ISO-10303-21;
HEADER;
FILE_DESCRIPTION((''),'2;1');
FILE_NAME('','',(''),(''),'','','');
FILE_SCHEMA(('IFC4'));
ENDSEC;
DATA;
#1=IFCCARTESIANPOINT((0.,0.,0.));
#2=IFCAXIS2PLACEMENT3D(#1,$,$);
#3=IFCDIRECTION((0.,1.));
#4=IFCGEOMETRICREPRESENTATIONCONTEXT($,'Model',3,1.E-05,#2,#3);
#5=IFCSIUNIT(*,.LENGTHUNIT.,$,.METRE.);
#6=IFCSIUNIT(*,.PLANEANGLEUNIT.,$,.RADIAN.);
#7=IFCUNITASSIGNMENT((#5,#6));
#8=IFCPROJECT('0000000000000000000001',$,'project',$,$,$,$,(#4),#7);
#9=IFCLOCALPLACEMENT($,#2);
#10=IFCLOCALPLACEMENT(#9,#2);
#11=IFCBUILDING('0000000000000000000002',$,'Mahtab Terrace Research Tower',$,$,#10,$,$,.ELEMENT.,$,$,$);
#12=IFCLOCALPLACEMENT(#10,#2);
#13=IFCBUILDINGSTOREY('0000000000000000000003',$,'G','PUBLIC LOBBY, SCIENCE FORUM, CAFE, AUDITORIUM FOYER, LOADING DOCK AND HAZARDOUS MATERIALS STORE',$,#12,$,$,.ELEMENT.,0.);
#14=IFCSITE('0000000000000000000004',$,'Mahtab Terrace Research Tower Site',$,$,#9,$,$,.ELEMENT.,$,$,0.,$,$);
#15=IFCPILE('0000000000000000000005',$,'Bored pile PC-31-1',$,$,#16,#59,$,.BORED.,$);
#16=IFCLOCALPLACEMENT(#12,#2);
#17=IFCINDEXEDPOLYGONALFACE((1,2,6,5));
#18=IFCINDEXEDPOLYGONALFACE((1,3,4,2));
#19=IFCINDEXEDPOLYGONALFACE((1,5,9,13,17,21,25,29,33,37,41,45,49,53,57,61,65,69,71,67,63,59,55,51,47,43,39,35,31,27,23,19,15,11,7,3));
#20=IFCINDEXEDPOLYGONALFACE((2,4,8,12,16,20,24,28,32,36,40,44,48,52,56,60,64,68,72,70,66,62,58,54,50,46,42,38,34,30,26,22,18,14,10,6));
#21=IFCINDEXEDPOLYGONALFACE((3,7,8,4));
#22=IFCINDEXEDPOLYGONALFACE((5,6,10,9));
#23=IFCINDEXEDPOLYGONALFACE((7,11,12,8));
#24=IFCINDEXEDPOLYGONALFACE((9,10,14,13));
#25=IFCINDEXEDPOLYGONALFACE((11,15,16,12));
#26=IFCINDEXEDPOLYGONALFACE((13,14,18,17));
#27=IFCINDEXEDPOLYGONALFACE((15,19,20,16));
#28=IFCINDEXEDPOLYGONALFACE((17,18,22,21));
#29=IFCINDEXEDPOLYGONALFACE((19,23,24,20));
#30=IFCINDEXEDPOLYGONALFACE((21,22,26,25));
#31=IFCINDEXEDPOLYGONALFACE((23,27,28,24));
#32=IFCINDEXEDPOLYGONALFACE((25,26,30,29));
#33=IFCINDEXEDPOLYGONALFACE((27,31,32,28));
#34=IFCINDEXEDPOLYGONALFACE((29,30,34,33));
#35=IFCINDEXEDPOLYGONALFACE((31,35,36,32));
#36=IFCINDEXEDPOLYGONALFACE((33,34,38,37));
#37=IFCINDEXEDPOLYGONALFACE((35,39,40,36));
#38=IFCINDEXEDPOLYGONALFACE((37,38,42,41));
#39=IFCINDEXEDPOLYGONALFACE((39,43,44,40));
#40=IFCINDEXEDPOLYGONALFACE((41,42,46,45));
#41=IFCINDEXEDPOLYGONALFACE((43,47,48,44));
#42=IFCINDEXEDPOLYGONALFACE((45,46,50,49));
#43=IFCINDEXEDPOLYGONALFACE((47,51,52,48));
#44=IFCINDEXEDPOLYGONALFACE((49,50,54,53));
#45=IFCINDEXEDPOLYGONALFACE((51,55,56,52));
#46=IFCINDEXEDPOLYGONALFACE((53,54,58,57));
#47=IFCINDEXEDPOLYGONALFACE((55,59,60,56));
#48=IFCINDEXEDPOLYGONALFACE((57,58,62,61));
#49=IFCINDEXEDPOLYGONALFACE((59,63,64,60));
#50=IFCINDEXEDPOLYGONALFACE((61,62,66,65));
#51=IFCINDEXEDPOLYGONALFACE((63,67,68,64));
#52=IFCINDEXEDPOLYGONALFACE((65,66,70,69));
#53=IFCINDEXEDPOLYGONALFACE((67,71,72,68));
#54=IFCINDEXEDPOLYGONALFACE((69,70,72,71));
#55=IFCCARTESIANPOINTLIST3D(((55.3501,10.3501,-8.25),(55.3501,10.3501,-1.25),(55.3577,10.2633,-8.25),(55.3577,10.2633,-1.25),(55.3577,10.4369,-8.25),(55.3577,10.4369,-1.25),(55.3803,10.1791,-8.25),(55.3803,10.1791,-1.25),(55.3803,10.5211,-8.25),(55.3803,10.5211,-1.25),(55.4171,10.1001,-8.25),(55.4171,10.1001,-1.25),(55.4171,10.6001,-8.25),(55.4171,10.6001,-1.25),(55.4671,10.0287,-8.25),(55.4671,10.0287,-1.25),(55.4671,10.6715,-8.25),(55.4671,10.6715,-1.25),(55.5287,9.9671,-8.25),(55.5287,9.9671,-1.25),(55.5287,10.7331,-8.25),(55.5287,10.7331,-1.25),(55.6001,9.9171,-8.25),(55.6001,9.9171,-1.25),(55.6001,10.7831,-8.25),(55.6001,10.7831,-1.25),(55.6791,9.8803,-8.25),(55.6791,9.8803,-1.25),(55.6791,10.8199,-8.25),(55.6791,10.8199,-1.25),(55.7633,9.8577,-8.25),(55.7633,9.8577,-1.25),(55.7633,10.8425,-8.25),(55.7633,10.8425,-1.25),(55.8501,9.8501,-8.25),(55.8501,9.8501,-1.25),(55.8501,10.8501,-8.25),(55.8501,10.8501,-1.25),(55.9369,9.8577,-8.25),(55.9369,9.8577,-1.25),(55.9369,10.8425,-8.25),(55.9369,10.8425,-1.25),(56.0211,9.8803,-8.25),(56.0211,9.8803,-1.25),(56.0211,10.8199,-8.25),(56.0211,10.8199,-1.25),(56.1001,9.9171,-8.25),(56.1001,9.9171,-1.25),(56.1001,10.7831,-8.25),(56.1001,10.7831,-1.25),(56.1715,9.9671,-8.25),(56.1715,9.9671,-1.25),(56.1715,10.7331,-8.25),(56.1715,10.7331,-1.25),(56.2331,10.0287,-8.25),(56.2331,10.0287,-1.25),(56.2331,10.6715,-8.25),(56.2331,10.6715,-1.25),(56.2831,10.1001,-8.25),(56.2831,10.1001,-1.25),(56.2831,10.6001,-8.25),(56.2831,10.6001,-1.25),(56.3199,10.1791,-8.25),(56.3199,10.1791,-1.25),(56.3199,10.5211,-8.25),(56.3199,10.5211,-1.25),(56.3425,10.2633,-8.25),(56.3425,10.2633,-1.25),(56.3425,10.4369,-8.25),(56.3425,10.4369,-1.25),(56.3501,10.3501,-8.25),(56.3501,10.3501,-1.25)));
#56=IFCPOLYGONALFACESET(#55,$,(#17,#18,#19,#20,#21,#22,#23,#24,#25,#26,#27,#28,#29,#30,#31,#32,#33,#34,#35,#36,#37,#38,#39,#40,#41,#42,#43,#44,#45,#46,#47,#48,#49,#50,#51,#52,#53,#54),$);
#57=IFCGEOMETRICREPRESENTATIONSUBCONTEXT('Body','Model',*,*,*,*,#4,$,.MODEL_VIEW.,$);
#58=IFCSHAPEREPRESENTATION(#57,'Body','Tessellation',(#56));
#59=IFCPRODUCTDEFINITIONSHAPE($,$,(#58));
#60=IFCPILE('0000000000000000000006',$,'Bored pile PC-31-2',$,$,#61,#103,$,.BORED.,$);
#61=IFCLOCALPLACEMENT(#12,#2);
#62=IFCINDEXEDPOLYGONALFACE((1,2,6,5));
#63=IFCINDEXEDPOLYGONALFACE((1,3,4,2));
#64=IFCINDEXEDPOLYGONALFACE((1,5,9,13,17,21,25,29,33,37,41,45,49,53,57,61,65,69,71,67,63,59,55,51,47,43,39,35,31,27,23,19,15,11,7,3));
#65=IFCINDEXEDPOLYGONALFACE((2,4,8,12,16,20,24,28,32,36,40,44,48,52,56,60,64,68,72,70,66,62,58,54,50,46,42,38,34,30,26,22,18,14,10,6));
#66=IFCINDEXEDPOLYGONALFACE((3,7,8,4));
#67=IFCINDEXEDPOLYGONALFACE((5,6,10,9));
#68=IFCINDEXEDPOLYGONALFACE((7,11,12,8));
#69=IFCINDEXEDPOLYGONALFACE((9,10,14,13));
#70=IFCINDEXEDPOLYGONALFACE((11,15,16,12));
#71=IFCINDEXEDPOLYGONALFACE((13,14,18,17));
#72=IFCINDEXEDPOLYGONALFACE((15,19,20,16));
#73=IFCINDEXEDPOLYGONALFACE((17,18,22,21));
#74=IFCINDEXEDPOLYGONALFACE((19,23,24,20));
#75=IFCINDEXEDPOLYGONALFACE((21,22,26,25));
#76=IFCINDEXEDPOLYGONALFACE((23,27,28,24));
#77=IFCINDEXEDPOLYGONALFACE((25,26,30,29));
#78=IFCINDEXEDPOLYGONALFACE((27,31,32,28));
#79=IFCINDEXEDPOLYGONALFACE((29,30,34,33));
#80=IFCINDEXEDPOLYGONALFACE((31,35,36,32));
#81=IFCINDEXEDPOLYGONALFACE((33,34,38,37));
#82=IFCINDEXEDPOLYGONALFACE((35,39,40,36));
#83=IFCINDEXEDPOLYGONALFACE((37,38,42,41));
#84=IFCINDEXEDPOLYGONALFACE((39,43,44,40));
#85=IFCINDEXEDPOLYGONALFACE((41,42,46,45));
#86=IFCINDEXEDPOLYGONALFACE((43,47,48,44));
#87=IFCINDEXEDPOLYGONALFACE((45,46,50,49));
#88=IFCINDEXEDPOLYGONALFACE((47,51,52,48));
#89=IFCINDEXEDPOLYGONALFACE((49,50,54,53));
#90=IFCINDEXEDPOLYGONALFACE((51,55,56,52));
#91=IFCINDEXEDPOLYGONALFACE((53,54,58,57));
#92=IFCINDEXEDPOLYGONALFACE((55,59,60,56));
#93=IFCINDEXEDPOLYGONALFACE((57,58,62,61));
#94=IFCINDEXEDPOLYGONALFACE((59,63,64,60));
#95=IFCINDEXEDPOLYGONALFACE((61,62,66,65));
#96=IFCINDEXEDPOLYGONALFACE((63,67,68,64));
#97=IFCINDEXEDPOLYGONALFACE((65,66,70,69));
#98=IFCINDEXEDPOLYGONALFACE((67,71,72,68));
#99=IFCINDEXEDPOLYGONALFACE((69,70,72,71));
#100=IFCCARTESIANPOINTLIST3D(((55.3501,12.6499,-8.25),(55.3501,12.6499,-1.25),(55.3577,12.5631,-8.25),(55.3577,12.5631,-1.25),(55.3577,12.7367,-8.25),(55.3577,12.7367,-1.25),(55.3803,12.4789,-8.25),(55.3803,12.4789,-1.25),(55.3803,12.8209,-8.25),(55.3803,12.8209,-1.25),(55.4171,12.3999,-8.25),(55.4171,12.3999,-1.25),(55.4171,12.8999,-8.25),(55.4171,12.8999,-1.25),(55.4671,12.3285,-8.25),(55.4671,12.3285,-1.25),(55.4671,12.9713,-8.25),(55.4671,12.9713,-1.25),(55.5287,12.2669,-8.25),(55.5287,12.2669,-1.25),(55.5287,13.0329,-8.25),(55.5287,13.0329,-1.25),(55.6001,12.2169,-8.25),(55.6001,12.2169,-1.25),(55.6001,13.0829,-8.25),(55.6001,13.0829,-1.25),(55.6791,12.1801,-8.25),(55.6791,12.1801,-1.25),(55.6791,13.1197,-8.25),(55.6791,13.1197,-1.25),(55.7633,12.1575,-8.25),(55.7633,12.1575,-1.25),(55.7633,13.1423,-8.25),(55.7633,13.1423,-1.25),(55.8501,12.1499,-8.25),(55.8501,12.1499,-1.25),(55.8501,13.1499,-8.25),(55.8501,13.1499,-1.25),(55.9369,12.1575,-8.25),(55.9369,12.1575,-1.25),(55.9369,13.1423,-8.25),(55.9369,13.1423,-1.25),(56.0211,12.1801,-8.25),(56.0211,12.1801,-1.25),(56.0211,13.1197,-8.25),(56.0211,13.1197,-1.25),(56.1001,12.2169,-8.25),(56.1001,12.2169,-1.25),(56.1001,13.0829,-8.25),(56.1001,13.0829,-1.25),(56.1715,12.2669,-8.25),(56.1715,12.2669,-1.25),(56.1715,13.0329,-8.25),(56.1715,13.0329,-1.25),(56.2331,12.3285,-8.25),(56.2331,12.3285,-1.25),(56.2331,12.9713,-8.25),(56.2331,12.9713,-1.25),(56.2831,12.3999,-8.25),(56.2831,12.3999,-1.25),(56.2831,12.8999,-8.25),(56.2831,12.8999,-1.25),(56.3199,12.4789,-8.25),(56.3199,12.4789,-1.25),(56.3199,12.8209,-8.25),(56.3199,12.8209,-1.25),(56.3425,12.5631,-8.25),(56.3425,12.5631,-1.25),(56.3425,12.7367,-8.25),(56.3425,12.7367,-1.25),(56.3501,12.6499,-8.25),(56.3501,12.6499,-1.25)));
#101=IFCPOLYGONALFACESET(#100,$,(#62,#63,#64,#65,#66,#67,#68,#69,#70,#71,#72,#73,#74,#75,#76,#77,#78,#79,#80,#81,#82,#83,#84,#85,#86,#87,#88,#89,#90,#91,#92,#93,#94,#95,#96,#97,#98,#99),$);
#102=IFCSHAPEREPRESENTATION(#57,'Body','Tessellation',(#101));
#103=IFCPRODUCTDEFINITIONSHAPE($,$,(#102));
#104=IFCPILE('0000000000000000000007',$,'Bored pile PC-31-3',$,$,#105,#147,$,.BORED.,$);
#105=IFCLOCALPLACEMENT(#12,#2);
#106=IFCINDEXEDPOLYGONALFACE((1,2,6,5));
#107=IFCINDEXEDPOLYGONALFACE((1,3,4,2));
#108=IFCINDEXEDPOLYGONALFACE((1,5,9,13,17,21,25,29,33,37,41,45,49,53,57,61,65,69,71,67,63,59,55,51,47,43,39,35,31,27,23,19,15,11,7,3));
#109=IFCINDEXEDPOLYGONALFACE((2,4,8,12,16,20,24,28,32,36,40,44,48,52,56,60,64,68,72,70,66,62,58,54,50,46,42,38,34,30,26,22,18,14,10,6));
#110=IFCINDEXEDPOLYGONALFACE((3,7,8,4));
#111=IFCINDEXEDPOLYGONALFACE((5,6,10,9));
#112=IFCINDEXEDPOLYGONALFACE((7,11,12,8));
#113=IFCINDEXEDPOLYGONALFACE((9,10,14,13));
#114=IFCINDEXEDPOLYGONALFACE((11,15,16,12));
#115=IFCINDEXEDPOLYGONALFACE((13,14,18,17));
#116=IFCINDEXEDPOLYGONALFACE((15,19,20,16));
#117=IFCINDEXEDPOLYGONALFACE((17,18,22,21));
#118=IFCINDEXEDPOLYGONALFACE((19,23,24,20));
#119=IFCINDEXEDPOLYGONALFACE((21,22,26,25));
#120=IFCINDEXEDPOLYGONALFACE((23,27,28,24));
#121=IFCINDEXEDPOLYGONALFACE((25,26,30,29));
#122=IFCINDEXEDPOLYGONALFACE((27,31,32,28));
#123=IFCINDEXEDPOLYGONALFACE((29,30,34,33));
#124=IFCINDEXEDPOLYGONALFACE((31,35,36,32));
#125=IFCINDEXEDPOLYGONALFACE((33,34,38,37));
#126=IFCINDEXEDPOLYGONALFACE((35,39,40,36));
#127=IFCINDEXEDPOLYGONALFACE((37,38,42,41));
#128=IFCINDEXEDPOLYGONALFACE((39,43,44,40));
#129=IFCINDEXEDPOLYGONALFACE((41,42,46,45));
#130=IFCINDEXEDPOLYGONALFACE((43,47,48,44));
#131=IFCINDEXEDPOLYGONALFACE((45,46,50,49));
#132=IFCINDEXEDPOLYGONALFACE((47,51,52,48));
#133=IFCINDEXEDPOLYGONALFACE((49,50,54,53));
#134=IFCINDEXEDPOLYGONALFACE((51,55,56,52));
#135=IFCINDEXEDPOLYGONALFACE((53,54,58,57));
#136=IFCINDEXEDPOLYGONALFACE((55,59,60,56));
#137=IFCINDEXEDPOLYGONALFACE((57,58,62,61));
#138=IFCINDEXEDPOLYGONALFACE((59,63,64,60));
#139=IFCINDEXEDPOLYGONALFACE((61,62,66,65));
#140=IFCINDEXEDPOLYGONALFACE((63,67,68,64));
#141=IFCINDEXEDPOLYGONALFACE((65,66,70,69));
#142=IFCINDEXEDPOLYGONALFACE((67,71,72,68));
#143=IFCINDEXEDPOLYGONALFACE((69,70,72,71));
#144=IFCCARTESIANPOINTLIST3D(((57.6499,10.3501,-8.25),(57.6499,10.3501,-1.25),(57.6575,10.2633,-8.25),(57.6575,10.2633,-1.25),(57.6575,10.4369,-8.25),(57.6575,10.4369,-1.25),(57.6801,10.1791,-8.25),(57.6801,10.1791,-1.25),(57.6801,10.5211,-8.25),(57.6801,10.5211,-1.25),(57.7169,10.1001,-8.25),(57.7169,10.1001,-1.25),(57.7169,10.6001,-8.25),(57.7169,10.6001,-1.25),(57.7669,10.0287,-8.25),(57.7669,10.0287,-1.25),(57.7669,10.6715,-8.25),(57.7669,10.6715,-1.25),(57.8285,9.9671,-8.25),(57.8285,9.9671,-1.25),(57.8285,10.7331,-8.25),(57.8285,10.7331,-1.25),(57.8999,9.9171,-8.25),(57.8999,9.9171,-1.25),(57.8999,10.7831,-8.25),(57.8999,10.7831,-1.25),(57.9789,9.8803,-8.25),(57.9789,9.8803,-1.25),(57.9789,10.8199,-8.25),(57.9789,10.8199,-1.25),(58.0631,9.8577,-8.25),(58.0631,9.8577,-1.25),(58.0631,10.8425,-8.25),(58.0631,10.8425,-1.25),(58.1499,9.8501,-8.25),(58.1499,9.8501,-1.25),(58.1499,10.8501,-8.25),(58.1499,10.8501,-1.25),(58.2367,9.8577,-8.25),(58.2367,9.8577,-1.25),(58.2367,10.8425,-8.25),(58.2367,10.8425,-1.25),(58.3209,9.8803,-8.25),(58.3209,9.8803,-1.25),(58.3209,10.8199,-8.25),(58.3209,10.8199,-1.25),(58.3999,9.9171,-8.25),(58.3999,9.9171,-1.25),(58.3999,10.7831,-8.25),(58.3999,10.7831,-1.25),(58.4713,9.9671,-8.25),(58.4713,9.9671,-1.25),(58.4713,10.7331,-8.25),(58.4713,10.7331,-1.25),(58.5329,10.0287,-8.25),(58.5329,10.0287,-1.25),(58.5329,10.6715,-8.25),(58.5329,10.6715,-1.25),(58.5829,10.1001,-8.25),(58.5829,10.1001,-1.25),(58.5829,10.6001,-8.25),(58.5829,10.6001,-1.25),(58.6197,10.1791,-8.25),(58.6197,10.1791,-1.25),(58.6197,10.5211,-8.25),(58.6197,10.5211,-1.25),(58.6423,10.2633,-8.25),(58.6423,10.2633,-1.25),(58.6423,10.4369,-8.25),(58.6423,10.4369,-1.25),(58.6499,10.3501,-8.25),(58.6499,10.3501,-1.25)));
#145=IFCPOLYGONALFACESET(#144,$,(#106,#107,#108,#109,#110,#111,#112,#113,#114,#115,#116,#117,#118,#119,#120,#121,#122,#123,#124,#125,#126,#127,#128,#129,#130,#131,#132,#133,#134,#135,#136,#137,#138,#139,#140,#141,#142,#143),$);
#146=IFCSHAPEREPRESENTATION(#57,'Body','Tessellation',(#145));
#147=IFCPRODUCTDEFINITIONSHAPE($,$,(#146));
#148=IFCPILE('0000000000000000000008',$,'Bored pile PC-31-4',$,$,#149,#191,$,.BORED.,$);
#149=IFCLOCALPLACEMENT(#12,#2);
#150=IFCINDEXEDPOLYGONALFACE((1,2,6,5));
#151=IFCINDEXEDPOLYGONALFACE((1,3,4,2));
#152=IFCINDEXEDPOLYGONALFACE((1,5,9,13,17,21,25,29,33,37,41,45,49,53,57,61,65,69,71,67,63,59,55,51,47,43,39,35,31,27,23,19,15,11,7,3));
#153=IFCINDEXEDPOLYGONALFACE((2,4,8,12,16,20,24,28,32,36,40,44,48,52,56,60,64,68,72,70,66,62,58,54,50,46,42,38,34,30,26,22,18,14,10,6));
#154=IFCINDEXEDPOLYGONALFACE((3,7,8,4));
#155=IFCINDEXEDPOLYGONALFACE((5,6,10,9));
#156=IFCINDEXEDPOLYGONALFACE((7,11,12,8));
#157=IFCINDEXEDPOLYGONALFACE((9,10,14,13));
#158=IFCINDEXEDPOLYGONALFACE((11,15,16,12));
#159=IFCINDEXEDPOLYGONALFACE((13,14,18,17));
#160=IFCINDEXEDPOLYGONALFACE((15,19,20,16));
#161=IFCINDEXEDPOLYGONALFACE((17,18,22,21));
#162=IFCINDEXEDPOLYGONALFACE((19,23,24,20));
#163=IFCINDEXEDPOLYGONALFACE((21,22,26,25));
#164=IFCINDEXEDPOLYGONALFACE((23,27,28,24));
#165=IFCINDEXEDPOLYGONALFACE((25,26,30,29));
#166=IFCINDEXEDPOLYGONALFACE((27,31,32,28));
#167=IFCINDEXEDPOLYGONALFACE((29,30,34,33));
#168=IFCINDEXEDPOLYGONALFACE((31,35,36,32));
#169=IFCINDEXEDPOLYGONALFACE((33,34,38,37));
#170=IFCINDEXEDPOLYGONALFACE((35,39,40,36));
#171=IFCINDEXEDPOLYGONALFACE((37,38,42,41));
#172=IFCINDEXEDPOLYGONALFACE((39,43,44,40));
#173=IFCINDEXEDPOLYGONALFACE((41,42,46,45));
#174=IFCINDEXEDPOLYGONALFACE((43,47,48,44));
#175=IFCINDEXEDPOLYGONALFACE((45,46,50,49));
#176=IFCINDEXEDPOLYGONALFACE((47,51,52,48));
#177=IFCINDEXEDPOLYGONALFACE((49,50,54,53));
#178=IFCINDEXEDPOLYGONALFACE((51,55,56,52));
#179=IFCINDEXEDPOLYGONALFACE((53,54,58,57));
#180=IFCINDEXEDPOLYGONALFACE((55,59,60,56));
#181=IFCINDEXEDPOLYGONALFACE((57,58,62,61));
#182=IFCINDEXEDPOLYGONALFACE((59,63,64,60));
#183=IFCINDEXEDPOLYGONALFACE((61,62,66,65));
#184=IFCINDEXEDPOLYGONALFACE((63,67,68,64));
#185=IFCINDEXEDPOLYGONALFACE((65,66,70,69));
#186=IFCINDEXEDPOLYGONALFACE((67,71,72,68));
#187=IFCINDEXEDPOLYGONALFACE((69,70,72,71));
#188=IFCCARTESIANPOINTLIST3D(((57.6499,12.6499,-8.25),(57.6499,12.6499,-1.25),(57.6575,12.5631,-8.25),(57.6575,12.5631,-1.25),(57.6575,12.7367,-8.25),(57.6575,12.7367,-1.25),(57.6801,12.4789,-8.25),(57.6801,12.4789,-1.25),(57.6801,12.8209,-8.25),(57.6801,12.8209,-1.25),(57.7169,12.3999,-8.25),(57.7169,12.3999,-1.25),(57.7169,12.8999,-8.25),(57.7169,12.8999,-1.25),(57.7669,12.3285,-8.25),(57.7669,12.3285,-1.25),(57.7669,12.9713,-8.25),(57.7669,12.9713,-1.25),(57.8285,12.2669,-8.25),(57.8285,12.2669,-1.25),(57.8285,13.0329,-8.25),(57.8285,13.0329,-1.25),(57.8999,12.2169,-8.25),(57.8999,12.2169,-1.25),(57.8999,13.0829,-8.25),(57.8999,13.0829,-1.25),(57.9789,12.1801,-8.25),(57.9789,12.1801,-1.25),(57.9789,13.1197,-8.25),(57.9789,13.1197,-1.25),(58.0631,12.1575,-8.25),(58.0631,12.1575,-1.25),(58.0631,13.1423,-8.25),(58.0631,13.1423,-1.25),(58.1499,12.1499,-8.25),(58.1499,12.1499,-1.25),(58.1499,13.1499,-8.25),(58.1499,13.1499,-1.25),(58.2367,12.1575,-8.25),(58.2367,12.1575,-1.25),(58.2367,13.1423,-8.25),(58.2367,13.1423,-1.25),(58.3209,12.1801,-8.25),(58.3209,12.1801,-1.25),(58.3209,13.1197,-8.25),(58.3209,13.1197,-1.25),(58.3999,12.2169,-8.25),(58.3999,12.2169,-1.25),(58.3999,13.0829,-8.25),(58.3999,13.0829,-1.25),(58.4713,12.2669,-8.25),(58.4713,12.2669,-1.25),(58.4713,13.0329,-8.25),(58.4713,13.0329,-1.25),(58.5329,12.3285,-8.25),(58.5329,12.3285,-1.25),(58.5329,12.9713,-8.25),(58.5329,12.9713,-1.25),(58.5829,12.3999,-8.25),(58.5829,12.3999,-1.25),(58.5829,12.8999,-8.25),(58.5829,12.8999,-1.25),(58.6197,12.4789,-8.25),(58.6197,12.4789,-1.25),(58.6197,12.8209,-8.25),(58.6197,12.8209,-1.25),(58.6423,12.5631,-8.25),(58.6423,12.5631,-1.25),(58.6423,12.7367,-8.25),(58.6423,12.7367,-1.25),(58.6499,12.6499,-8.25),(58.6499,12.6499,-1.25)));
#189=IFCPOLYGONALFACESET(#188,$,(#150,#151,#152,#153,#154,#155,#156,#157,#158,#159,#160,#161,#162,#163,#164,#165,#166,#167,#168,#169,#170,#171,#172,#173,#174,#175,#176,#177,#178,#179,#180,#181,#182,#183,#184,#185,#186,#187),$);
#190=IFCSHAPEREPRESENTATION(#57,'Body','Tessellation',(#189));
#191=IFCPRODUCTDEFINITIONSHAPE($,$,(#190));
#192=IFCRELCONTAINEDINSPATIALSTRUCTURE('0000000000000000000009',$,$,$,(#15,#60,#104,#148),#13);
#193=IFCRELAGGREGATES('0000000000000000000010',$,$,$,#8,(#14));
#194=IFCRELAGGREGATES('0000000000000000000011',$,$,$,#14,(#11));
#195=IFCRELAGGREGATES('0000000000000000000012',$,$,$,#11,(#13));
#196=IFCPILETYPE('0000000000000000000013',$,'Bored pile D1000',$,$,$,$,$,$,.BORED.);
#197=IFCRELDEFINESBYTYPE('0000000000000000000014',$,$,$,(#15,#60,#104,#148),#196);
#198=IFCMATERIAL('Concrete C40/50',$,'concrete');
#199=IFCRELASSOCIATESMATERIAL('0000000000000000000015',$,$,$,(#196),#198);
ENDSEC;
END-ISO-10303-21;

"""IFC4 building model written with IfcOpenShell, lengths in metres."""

from ifc_helpers import new_model, si_unit, direction, frame, origin, origin_2d, place, context, subcontext, project, spatial, circle, extrude, material, material_profile, profile_set, type_object, element, save


model = new_model("IFC4")

# Units and contexts
model_context = context("Model", 3, precision=1e-05, world=origin(), true_north=direction((0.0, 1.0)))
body_context = subcontext(model_context, "Body", "Model", "MODEL_VIEW")
ifc_project = project(units=[si_unit("LENGTHUNIT", "METRE"), si_unit("PLANEANGLEUNIT", "RADIAN")], contexts=[model_context])

# Site, building, storey
site_placement = place(None, origin())
site = spatial("IfcSite", under=ifc_project, at=site_placement, Name="Mahtab Terrace Research Tower Site", CompositionType="ELEMENT", RefElevation=0.0)
building_placement = place(site_placement, origin())
building = spatial("IfcBuilding", under=site, at=building_placement, Name="Mahtab Terrace Research Tower", CompositionType="ELEMENT")
storey_placement = place(building_placement, origin())
storey = spatial("IfcBuildingStorey", under=building, at=storey_placement, Name="G", Description="PUBLIC LOBBY, SCIENCE FORUM, CAFE, AUDITORIUM FOYER, LOADING DOCK AND HAZARDOUS MATERIALS STORE", CompositionType="ELEMENT", Elevation=0.0)

# Piles
ifc_material_1 = material(Name="Concrete C40/50", Category="concrete")
ifc_material_profile_1 = material_profile(ifc_material_1, circle(Radius=0.5, at=origin_2d()), Name="Bored pile D1000")
ifc_profile_set_1 = profile_set([ifc_material_profile_1], Name="Concrete C40/50")
pile_type_1 = type_object("IfcPileType", Name="Bored pile D1000", PredefinedType="BORED", material=ifc_profile_set_1)
for number, where, z_axis, x_axis, name in (
    (1, (55.8501, 10.3501, -1.25), (0.0, 0.0, -1.0), (1.0, 0.0, 0.0), "Bored pile PC-31-1"),
    (2, (55.8501, 12.6499, -1.25), (0.0, 0.0, -1.0), (1.0, 0.0, 0.0), "Bored pile PC-31-2"),
    (3, (58.1499, 10.3501, -1.25), (0.0, 0.0, -1.0), (1.0, 0.0, 0.0), "Bored pile PC-31-3"),
    (4, (58.1499, 12.6499, -1.25), (0.0, 0.0, -1.0), (1.0, 0.0, 0.0), "Bored pile PC-31-4"),
):
    element("IfcPile", number, at=place(storey_placement, frame(where, z_axis=z_axis, x_axis=x_axis)), inside=storey, type_object=pile_type_1, Name=name, PredefinedType="BORED", context=body_context, shape_type="SweptSolid", body=[
        extrude(circle(Radius=0.5, at=origin_2d()), origin(), (0.0, 0.0, 1.0), 7.0),
    ])

save(model, "model.ifc")
